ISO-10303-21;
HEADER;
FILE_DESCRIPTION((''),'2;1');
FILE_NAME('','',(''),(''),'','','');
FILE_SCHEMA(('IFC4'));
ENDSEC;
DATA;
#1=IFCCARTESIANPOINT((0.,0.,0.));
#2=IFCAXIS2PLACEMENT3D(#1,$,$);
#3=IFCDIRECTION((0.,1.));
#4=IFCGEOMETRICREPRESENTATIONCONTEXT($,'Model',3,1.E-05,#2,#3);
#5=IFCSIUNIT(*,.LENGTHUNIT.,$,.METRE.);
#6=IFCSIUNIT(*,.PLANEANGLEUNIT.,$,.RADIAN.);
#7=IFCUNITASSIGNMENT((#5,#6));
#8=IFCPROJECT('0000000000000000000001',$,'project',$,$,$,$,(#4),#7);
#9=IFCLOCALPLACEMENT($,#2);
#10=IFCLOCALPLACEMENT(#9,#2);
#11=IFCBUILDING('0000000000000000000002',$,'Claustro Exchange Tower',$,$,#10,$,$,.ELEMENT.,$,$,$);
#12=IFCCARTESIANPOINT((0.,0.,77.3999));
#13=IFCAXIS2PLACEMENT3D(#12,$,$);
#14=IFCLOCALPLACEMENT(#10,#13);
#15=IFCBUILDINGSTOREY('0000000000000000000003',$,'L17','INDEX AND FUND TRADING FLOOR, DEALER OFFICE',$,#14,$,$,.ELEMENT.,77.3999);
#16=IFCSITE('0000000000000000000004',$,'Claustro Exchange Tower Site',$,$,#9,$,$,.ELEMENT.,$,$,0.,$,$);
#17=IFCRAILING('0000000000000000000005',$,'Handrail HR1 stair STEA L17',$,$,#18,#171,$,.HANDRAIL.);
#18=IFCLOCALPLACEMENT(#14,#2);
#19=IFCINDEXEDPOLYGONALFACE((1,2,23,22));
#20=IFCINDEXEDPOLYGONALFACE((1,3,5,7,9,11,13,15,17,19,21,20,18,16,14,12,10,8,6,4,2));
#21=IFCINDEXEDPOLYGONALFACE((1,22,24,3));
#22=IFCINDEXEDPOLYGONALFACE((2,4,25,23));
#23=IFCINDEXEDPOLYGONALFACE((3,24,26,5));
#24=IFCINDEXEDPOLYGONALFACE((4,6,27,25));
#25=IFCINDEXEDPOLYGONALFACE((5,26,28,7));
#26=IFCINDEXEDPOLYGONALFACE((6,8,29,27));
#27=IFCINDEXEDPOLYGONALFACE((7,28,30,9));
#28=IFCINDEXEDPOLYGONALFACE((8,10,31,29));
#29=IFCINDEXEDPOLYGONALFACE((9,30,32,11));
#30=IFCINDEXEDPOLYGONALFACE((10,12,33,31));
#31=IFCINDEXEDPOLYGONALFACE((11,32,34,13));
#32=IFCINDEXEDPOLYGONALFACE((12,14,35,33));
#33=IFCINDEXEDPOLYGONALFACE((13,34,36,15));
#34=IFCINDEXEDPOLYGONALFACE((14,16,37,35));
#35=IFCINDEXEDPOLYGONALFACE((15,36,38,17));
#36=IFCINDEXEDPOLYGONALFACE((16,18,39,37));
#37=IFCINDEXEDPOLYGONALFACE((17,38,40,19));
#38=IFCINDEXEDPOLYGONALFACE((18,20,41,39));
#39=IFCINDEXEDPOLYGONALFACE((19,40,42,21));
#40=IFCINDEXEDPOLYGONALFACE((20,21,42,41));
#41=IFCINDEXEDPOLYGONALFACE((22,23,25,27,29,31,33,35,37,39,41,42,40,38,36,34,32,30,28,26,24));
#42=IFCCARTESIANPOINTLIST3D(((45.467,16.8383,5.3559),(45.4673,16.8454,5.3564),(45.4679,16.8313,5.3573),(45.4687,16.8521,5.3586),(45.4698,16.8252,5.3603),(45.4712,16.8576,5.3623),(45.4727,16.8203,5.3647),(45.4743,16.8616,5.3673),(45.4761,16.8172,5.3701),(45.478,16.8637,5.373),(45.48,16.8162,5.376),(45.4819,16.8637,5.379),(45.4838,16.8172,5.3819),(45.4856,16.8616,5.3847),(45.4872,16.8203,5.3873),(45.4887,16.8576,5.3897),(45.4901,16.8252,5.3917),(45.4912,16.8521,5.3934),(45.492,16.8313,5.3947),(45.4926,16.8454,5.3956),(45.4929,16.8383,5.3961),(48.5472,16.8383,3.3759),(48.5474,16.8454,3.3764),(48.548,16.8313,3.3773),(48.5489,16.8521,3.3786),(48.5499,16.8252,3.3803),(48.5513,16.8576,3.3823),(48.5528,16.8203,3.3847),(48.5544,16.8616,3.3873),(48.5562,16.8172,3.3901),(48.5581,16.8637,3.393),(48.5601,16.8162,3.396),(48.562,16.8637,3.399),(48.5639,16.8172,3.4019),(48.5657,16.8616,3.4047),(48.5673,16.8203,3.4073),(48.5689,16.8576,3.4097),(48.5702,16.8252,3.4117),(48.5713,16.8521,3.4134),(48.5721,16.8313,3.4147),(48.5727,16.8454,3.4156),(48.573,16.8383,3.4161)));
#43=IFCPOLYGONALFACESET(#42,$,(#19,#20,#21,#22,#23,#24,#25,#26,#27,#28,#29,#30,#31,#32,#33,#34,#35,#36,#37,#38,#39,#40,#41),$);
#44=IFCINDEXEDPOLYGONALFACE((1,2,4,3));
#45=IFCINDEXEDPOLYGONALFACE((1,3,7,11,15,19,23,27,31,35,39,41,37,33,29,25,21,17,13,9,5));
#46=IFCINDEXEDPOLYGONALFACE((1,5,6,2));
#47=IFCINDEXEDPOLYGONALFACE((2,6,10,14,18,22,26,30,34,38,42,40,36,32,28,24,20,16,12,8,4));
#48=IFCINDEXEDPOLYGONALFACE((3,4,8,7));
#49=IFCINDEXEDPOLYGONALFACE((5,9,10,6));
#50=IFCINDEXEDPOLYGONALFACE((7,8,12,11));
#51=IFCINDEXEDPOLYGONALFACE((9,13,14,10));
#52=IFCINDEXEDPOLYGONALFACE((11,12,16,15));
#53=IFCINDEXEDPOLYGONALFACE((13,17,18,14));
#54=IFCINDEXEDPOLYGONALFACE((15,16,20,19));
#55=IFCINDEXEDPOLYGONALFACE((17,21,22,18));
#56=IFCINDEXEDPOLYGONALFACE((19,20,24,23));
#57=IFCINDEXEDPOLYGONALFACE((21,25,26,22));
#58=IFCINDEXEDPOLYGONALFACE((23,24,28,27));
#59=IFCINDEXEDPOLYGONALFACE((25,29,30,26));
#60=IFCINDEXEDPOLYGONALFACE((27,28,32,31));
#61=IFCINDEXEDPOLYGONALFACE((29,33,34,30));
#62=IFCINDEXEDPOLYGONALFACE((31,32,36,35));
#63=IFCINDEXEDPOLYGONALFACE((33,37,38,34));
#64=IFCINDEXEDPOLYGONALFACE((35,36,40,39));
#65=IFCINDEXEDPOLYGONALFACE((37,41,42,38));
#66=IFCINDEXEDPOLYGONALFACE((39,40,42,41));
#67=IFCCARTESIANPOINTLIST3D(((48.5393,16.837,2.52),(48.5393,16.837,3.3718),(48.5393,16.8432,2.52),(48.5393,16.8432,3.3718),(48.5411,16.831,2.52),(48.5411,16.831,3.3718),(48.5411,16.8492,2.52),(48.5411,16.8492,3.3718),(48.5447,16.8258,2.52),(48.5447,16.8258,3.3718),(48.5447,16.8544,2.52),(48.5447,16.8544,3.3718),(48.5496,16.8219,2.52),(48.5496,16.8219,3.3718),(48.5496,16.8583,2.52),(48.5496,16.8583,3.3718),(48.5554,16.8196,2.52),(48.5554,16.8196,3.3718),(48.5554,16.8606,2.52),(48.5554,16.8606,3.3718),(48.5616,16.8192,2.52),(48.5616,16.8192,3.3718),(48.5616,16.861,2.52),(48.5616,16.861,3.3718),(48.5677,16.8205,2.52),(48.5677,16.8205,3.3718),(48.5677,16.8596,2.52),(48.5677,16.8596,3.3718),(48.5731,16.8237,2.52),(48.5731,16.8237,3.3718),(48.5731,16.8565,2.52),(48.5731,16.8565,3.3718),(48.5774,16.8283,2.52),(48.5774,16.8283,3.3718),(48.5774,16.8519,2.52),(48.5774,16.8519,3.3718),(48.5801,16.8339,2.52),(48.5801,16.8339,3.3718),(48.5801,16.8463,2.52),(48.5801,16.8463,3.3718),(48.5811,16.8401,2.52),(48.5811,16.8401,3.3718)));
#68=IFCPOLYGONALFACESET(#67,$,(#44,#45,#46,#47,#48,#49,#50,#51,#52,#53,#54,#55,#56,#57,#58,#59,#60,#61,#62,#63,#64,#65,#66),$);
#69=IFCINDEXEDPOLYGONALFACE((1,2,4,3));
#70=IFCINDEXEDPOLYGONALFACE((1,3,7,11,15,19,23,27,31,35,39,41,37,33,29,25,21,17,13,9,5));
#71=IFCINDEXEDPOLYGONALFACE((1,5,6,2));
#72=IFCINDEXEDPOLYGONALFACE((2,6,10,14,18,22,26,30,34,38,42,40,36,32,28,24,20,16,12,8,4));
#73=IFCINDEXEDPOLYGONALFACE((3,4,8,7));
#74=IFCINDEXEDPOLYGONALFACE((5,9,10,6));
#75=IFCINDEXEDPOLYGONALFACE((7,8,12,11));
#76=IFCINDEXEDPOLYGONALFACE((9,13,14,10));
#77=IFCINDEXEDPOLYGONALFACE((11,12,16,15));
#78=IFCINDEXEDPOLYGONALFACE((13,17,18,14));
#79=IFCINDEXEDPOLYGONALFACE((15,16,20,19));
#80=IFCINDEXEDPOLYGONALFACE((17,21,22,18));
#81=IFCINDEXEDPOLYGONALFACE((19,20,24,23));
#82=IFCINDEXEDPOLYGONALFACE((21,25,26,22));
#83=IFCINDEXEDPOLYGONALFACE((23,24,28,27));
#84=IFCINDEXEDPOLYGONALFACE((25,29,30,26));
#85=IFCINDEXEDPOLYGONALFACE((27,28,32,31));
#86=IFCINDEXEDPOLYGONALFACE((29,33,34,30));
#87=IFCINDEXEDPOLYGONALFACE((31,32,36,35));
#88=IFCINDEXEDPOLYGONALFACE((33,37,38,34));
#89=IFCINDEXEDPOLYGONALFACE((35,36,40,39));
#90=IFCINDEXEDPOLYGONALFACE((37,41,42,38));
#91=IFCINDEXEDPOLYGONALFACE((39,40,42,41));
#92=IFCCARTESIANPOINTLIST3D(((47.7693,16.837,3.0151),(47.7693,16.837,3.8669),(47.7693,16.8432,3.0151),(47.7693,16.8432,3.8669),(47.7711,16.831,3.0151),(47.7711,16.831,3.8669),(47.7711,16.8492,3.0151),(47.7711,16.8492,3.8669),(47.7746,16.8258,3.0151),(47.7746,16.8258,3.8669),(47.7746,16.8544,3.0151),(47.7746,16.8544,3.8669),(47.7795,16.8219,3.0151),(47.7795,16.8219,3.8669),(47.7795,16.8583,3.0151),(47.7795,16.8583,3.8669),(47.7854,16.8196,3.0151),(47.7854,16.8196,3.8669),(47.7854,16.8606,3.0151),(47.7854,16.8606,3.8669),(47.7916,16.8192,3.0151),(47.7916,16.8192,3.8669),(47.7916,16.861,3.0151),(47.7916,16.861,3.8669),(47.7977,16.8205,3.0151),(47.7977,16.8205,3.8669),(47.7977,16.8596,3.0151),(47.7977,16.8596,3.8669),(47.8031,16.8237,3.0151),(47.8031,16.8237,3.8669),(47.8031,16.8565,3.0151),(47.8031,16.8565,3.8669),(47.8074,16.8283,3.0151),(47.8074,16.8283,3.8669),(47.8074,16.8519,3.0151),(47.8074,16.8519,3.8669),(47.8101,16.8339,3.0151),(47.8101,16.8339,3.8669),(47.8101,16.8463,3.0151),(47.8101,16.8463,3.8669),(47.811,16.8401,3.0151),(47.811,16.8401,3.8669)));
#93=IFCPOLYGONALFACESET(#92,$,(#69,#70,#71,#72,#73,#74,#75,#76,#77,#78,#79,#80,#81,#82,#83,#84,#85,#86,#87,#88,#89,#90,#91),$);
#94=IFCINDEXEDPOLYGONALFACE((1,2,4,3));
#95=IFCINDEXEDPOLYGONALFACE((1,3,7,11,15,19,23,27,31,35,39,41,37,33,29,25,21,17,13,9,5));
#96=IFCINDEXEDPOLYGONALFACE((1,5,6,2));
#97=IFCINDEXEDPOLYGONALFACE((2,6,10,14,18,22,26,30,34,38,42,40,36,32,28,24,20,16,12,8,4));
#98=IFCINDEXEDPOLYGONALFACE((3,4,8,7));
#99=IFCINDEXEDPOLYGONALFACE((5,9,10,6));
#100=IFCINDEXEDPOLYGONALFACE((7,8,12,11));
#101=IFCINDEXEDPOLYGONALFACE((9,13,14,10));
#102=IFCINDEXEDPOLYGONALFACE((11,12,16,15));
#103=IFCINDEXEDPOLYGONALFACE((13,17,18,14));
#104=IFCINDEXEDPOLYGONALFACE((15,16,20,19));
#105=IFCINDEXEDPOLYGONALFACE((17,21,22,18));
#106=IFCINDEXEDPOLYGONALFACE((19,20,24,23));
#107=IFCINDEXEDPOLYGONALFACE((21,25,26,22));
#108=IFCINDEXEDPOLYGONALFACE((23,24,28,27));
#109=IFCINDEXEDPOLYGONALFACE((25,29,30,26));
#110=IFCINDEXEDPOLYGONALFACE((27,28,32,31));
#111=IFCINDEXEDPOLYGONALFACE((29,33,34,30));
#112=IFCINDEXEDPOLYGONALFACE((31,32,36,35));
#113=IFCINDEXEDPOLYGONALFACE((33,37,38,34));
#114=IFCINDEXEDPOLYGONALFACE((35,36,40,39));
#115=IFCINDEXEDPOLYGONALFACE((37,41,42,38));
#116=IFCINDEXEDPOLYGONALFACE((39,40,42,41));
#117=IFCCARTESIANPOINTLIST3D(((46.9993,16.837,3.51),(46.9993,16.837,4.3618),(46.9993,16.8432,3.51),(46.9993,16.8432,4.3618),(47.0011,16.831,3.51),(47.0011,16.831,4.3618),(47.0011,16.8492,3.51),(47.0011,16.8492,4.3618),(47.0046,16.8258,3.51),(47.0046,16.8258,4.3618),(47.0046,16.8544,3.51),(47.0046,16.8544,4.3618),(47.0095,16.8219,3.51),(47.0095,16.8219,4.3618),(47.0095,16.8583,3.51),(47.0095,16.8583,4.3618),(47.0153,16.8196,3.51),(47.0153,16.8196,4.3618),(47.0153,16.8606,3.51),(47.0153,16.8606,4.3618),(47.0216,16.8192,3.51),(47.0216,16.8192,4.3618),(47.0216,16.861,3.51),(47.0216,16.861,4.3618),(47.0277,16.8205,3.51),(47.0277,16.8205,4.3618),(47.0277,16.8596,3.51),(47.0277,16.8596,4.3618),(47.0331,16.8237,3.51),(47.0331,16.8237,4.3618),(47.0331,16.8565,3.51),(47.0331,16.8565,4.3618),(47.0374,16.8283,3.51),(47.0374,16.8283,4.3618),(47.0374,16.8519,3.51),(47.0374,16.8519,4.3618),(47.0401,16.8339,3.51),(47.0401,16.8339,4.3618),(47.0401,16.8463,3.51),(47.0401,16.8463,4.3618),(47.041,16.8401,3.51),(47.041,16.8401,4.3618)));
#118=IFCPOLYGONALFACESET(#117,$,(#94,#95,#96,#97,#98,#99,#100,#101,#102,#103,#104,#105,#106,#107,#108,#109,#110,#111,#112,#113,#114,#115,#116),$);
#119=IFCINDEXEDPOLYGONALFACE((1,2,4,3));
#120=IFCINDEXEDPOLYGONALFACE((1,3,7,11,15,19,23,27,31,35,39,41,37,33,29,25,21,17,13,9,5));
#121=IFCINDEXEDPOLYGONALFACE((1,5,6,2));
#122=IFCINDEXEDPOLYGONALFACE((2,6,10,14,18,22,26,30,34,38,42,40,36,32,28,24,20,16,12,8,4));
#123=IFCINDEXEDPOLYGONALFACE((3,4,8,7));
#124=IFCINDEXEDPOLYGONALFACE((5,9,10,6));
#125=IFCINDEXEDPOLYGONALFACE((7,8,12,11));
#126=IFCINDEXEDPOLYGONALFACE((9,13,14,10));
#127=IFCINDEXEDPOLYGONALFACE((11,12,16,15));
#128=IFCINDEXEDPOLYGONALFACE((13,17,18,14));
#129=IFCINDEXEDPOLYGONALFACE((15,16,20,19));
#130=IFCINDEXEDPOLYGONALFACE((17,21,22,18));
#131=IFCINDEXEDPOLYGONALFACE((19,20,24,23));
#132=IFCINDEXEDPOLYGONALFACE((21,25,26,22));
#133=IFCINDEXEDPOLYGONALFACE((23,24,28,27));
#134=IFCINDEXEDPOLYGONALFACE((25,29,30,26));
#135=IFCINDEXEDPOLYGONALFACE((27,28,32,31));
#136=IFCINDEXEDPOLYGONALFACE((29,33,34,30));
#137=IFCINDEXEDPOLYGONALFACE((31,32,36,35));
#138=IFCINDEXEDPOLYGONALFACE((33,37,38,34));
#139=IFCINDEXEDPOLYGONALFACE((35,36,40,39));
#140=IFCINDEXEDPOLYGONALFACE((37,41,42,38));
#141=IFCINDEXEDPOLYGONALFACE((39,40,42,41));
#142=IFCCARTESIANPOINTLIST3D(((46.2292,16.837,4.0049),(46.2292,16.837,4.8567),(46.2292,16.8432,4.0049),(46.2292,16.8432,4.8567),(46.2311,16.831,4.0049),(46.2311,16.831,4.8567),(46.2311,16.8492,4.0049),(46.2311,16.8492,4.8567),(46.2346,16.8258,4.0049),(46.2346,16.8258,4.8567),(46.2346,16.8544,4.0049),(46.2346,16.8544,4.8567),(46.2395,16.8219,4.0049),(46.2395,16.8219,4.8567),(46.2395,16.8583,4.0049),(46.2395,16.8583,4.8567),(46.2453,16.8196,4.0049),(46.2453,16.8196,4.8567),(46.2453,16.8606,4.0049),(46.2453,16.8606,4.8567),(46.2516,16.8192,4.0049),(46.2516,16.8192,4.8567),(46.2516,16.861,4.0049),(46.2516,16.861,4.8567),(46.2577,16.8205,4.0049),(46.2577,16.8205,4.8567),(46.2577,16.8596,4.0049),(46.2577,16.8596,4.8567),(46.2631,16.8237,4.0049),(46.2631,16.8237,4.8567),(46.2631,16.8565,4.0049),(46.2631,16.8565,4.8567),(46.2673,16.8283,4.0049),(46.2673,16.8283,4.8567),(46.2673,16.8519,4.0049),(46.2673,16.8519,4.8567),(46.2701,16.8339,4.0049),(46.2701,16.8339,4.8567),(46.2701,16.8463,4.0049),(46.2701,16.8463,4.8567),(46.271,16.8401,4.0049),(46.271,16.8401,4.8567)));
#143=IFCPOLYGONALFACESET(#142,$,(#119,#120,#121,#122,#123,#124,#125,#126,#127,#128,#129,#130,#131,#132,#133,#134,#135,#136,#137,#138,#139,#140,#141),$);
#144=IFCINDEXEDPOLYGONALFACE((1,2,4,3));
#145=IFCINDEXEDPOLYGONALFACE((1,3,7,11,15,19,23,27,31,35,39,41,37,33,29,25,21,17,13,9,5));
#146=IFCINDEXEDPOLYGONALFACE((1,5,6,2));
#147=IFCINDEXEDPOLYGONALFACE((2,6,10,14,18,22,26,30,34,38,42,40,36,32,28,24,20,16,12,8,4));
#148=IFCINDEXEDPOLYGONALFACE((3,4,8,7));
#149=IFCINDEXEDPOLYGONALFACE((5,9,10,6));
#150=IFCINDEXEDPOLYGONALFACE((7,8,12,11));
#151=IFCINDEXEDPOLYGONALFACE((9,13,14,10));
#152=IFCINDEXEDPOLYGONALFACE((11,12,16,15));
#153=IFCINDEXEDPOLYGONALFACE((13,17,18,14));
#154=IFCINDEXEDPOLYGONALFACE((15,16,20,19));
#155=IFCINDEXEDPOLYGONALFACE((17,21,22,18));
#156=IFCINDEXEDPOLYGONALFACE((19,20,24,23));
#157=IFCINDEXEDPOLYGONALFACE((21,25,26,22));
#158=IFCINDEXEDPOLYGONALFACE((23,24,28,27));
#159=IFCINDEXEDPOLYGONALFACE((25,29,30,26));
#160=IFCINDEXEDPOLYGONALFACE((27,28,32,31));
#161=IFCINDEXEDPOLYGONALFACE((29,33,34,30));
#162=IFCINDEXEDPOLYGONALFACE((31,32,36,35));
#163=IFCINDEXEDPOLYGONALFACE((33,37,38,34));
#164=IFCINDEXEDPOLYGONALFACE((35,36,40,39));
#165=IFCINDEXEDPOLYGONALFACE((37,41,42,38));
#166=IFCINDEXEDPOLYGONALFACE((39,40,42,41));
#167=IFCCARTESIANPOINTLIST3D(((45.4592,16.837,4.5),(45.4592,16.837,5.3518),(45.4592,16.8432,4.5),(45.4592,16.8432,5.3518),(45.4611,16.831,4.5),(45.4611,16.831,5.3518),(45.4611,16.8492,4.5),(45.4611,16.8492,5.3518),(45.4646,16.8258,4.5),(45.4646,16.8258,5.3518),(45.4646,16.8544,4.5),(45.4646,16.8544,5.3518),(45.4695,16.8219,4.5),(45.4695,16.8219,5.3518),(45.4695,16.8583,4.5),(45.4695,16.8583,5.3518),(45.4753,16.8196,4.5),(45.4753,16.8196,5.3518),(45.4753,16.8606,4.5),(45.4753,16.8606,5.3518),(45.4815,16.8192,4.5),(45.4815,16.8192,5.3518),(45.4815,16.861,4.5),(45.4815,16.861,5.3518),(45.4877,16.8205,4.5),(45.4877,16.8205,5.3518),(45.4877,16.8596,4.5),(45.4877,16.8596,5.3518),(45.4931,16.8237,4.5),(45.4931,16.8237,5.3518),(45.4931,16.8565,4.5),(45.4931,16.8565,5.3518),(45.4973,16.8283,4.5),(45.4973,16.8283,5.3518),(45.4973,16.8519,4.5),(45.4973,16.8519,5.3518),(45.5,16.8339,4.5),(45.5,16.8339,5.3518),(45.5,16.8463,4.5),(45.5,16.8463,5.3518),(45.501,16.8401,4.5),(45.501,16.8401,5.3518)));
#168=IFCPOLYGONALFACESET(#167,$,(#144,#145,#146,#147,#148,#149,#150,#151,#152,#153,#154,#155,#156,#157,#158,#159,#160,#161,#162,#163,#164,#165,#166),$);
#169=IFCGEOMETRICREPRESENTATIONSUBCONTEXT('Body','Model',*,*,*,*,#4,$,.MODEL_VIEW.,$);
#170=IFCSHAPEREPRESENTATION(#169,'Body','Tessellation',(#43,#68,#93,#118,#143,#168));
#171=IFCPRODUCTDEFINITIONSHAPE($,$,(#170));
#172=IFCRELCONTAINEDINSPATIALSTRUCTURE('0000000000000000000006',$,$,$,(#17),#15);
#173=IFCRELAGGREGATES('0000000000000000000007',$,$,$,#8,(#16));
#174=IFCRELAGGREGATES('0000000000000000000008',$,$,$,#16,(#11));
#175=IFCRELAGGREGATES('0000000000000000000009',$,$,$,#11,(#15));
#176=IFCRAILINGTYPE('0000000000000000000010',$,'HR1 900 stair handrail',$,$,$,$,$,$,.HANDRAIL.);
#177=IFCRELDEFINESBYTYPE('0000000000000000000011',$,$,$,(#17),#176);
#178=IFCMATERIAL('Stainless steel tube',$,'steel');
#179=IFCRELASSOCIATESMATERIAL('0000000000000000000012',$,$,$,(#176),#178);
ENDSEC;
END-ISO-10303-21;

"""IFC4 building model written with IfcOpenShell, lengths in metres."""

from ifc_helpers import new_model, si_unit, direction, frame, origin, origin_2d, place, context, subcontext, project, spatial, circle, extrude, material, type_object, element, save


model = new_model("IFC4")

# Units and contexts
model_context = context("Model", 3, precision=1e-05, world=origin(), true_north=direction((0.0, 1.0)))
body_context = subcontext(model_context, "Body", "Model", "MODEL_VIEW")
ifc_project = project(units=[si_unit("LENGTHUNIT", "METRE"), si_unit("PLANEANGLEUNIT", "RADIAN")], contexts=[model_context])

# Site, building, storey
site_placement = place(None, origin())
site = spatial("IfcSite", under=ifc_project, at=site_placement, Name="Claustro Exchange Tower Site", CompositionType="ELEMENT", RefElevation=0.0)
building_placement = place(site_placement, origin())
building = spatial("IfcBuilding", under=site, at=building_placement, Name="Claustro Exchange Tower", CompositionType="ELEMENT")
storey_placement = place(building_placement, frame((0.0, 0.0, 77.3999)))
storey = spatial("IfcBuildingStorey", under=building, at=storey_placement, Name="L17", Description="INDEX AND FUND TRADING FLOOR, DEALER OFFICE", CompositionType="ELEMENT", Elevation=77.3999)

# Railing
ifc_material_1 = material(Name="Stainless steel tube", Category="steel")
railing_type = type_object("IfcRailingType", Name="HR1 900 stair handrail", PredefinedType="HANDRAIL", material=ifc_material_1)
railing_placement = place(storey_placement, frame((48.5601, 16.8401, 2.52)))
element("IfcRailing", 1, at=railing_placement, inside=storey, type_object=railing_type, Name="Handrail HR1 stair STEA L17", PredefinedType="HANDRAIL", context=body_context, shape_type="SweptSolid", body=[
    extrude(circle(Radius=0.0239, at=origin_2d()), frame((0.0, 0.0, 0.876), z_axis=(-0.841187, 0.0, 0.540744), x_axis=(0.0, -1.0, 0.0)), (0.0, 0.0, 1.0), 3.6616),
    extrude(circle(Radius=0.021, at=origin_2d()), origin(), (0.0, 0.0, 1.0), 0.8518),
    extrude(circle(Radius=0.021, at=origin_2d()), frame((-0.77, 0.0, 0.4951)), (0.0, 0.0, 1.0), 0.8518),
    extrude(circle(Radius=0.021, at=origin_2d()), frame((-1.54, 0.0, 0.99)), (0.0, 0.0, 1.0), 0.8518),
    extrude(circle(Radius=0.021, at=origin_2d()), frame((-2.3101, 0.0, 1.4849)), (0.0, 0.0, 1.0), 0.8518),
    extrude(circle(Radius=0.021, at=origin_2d()), frame((-3.0801, 0.0, 1.98)), (0.0, 0.0, 1.0), 0.8518),
])

save(model, "model.ifc")
